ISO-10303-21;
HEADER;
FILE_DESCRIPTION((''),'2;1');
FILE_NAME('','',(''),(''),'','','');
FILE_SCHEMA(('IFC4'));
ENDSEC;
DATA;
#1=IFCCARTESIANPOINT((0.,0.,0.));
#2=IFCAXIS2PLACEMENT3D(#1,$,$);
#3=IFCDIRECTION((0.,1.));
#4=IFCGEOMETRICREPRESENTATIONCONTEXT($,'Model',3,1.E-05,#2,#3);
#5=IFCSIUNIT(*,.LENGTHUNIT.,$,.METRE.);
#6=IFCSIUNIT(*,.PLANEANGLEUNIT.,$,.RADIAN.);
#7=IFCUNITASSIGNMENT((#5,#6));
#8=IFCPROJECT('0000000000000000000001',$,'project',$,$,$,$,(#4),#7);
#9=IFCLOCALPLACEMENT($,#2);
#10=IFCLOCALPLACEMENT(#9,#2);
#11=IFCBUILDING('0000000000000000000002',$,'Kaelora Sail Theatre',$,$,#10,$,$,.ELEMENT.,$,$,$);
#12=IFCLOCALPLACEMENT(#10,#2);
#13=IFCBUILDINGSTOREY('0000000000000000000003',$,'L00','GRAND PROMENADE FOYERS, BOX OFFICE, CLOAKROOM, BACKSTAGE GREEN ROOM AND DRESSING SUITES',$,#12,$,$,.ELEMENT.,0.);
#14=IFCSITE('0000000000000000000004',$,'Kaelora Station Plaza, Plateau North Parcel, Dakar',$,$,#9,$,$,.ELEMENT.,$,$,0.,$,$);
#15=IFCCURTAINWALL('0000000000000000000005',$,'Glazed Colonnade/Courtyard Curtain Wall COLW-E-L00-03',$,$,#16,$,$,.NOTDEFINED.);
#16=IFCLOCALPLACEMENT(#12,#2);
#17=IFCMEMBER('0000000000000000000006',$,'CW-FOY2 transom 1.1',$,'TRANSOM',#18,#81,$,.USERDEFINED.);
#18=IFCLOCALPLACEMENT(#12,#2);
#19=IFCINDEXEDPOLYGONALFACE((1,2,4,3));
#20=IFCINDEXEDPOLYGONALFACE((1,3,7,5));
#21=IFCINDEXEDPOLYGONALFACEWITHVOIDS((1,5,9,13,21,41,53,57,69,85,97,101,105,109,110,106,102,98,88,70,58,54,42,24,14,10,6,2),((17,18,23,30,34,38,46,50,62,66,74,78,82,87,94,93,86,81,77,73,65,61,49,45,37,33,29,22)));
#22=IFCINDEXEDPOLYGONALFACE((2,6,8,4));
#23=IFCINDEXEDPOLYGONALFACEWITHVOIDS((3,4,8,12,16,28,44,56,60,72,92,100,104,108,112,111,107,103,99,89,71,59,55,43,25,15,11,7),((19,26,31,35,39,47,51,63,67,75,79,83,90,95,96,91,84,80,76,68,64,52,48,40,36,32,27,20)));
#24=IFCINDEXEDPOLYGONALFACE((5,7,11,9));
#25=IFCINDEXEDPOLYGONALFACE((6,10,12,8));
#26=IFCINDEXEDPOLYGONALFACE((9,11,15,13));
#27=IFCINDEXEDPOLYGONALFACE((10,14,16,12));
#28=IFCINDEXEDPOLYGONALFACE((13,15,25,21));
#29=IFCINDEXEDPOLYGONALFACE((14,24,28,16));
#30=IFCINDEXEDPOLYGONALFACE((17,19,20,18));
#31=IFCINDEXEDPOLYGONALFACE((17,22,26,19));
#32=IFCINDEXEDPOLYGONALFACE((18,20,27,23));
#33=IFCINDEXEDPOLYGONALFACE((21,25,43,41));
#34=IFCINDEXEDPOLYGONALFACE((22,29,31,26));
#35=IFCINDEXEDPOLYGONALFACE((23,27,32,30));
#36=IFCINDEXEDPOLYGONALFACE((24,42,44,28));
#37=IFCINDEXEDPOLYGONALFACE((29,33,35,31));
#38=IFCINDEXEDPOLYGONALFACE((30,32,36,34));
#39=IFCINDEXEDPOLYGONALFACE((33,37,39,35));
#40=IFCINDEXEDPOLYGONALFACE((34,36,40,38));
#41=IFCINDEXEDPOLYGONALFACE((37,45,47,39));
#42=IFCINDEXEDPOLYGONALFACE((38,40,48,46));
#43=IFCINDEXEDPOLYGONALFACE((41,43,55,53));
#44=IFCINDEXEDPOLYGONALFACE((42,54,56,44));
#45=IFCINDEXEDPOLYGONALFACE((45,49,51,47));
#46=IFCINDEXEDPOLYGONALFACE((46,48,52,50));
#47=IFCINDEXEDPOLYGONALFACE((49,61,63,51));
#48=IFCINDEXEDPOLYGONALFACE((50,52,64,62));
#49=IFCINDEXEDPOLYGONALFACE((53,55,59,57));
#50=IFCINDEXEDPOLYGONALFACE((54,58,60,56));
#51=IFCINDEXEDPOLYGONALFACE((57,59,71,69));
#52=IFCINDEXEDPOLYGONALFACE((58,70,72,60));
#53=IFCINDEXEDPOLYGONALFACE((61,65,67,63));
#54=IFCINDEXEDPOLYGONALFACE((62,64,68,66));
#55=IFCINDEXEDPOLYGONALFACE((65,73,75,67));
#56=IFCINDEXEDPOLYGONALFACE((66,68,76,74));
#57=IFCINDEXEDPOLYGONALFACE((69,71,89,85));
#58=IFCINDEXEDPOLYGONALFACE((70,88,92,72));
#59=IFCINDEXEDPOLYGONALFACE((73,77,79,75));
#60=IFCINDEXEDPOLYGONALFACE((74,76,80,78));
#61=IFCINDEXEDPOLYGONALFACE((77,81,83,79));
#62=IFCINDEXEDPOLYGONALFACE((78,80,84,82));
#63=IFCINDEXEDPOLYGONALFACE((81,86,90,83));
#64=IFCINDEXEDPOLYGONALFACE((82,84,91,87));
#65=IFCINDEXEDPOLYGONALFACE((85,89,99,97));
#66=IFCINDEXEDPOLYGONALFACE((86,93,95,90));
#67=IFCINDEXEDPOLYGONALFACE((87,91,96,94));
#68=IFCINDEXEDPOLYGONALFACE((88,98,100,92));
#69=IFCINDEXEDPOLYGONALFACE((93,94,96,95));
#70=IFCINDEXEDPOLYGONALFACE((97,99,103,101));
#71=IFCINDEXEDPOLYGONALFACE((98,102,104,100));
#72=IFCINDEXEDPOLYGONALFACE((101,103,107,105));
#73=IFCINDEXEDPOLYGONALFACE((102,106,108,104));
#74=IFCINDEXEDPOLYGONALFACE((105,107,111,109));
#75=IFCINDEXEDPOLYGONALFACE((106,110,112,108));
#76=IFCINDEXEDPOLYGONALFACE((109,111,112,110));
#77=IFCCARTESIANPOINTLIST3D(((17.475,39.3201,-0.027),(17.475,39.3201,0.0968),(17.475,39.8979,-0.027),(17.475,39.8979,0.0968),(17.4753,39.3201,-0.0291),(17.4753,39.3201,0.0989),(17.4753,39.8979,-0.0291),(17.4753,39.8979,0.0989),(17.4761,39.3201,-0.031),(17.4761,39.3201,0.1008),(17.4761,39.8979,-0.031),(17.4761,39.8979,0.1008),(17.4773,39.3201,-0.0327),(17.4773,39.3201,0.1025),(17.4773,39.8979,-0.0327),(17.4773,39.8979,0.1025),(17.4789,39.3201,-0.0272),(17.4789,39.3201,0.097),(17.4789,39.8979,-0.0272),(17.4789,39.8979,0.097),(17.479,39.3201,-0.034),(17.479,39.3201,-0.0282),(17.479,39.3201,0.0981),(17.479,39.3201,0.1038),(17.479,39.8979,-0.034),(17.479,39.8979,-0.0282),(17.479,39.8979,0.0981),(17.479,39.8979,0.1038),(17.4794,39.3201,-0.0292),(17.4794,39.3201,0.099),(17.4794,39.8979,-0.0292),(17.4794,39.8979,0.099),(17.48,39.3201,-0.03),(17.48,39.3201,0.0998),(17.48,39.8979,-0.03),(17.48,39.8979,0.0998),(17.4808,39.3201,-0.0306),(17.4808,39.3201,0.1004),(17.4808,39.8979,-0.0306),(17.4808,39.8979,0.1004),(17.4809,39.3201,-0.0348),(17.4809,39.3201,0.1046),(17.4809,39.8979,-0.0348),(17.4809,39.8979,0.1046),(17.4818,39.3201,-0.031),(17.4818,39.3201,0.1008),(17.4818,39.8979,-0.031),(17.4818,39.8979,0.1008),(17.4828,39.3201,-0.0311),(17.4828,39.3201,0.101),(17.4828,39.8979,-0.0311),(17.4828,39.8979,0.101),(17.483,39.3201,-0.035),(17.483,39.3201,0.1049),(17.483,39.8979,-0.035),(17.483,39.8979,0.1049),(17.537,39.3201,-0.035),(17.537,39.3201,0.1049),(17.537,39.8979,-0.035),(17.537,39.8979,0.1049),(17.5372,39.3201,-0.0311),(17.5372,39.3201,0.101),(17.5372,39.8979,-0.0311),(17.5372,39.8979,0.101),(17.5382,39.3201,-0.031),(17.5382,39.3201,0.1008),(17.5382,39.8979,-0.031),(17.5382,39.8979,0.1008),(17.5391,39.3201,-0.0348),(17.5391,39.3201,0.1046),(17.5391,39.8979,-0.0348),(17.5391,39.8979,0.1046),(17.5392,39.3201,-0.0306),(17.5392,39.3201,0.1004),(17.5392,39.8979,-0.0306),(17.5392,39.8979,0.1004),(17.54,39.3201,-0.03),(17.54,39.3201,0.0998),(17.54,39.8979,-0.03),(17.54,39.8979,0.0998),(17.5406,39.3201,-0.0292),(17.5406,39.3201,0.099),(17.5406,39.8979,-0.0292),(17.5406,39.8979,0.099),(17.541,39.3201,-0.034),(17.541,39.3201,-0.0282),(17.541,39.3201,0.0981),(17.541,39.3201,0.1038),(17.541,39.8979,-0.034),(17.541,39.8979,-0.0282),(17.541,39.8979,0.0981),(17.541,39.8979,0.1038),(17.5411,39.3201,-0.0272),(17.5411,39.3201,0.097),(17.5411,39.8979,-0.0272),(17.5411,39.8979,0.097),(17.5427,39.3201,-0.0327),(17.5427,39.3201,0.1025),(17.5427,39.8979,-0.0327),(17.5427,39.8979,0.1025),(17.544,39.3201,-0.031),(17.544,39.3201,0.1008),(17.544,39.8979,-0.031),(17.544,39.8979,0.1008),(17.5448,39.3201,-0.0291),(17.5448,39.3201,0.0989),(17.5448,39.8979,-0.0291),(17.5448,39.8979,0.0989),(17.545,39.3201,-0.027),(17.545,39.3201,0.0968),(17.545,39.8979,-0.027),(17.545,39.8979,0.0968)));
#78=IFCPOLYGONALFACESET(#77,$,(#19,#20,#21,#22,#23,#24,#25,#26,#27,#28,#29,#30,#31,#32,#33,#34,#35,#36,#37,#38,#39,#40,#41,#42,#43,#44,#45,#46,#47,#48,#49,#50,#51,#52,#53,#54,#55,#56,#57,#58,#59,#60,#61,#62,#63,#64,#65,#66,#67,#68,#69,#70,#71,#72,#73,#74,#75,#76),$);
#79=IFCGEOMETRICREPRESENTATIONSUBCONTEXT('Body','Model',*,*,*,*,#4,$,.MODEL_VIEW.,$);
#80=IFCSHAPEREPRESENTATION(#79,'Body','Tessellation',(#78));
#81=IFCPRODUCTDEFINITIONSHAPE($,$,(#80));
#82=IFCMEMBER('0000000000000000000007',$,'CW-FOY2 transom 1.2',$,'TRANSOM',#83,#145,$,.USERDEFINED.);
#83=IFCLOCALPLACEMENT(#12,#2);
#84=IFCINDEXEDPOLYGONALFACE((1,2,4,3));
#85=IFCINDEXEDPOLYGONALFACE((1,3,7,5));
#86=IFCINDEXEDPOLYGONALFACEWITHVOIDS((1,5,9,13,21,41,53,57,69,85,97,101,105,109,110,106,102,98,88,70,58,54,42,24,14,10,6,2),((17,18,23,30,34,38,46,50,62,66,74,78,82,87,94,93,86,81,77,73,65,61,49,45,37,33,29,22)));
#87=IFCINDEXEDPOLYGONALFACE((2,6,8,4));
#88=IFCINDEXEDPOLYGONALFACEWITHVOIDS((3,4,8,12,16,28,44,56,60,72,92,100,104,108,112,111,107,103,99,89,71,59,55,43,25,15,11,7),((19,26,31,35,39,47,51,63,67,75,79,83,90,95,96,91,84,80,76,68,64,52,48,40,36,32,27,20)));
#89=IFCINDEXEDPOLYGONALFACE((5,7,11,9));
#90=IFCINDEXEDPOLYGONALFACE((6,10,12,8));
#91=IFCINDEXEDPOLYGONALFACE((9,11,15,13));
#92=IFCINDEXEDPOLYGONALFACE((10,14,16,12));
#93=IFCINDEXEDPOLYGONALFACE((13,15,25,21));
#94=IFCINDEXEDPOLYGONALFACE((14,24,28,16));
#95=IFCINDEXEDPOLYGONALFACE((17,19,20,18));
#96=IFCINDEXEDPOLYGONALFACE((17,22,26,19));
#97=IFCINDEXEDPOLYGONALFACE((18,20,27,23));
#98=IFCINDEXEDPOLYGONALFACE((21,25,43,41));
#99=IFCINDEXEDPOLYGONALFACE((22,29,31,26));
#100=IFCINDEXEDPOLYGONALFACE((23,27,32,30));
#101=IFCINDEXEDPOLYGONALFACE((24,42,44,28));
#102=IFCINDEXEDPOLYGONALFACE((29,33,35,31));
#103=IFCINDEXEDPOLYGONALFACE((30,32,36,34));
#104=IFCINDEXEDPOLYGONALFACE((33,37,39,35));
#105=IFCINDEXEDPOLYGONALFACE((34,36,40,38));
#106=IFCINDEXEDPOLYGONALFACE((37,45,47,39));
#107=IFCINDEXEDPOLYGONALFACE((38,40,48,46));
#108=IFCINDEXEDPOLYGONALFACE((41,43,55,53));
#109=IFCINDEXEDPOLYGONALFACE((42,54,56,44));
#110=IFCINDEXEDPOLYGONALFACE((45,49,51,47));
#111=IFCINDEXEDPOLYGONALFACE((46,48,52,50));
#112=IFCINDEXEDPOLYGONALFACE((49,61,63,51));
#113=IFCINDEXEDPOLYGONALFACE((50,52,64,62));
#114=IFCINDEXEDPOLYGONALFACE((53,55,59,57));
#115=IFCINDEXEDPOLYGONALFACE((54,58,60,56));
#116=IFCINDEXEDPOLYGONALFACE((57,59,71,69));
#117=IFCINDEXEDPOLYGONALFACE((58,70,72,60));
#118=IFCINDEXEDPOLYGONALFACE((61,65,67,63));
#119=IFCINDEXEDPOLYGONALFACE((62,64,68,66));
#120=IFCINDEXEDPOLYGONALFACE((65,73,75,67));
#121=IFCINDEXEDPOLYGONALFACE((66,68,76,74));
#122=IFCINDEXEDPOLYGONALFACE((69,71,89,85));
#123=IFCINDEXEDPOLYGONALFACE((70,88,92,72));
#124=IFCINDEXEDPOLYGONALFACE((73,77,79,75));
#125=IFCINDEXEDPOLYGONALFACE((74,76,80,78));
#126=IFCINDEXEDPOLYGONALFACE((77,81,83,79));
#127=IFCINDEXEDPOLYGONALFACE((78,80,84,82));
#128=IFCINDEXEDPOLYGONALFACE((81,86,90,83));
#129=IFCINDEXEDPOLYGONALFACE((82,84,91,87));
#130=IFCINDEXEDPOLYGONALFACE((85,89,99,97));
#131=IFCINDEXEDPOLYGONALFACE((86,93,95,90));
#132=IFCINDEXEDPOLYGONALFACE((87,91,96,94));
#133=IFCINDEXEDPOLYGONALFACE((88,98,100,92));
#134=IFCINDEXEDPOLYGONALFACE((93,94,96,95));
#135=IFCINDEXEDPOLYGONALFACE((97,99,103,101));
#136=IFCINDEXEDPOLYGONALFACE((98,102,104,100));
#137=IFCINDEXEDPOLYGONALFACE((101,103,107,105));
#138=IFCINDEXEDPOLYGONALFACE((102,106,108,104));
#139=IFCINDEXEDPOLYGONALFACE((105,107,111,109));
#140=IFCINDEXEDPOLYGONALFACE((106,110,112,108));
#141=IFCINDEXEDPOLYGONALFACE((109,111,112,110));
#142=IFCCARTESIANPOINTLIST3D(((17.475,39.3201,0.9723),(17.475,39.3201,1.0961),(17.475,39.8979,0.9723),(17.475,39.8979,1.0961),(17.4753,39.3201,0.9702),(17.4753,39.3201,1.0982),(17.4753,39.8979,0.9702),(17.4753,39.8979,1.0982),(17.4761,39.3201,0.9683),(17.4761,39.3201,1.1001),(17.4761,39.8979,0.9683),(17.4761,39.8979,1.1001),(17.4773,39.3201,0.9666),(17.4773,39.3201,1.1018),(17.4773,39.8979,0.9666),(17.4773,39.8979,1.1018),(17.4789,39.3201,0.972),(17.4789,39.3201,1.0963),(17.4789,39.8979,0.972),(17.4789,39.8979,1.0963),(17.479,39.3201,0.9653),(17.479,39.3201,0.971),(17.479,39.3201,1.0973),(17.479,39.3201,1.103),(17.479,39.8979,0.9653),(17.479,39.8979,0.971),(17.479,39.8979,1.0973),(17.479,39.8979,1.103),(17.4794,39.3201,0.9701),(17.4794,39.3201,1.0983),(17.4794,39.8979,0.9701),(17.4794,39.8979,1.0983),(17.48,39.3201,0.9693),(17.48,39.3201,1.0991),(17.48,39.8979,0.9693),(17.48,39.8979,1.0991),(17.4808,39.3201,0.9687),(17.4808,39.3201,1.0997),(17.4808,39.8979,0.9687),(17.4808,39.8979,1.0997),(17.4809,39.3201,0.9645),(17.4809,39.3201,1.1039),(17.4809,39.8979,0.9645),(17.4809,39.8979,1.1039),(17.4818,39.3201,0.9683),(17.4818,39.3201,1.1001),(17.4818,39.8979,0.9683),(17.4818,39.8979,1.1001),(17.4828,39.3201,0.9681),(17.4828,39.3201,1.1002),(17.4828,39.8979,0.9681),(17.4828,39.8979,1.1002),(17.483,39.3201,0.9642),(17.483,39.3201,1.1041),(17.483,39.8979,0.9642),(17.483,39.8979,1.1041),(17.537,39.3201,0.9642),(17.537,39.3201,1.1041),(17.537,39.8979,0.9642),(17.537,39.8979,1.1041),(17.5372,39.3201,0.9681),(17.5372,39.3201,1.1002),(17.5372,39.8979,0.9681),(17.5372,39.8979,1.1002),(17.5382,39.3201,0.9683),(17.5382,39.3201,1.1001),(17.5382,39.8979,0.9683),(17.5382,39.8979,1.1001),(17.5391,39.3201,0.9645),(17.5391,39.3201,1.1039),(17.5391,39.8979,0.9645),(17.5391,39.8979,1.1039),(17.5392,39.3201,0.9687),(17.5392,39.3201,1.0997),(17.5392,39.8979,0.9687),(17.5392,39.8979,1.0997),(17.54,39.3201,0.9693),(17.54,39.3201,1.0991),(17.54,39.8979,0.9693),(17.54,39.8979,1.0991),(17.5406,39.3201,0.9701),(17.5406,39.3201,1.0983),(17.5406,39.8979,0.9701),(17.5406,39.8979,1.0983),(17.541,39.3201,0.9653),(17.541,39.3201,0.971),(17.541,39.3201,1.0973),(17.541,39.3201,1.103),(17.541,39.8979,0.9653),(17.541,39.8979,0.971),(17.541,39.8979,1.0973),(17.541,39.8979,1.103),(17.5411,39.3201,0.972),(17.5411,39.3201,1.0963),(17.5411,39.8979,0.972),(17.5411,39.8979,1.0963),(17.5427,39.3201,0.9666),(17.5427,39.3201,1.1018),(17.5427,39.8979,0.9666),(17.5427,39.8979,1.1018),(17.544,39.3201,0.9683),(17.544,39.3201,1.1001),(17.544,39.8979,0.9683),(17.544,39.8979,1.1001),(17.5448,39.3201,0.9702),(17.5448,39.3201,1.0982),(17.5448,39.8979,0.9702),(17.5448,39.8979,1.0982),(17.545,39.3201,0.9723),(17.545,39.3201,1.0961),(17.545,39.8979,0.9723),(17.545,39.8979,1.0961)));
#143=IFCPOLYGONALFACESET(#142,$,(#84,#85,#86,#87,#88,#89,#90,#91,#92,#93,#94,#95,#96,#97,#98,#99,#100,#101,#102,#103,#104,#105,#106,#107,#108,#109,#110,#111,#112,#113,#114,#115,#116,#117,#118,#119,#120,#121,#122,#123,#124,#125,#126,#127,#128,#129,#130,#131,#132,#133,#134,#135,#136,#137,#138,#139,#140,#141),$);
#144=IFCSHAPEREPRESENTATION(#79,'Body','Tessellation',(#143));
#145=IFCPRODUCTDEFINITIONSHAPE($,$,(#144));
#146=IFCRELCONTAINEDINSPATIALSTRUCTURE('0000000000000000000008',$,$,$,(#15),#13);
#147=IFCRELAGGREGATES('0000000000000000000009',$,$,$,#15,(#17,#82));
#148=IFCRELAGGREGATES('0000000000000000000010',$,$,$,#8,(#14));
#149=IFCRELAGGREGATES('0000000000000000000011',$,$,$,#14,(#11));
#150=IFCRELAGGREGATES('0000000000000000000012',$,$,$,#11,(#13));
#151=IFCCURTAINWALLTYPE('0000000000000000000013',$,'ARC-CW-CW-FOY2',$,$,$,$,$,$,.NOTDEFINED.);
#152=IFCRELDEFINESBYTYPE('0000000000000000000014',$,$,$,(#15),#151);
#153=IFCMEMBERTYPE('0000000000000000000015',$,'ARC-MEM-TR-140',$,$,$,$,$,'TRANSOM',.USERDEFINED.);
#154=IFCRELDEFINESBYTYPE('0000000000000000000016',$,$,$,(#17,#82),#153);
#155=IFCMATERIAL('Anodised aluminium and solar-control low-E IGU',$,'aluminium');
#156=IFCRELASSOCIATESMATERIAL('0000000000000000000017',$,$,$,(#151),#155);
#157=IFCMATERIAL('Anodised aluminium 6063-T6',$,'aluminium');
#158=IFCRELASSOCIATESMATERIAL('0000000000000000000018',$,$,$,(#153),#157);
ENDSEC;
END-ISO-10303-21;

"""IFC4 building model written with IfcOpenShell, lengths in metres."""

from ifc_helpers import new_model, si_unit, direction, frame, origin, origin_2d, place, context, subcontext, project, spatial, hollow_rectangle, extrude, material, material_profile, profile_set, type_object, element, aggregate, save


model = new_model("IFC4")

# Units and contexts
model_context = context("Model", 3, precision=1e-05, world=origin(), true_north=direction((0.0, 1.0)))
body_context = subcontext(model_context, "Body", "Model", "MODEL_VIEW")
ifc_project = project(units=[si_unit("LENGTHUNIT", "METRE"), si_unit("PLANEANGLEUNIT", "RADIAN")], contexts=[model_context])

# Site, building, storey
site_placement = place(None, origin())
site = spatial("IfcSite", under=ifc_project, at=site_placement, Name="Kaelora Station Plaza, Plateau North Parcel, Dakar", CompositionType="ELEMENT", RefElevation=0.0)
building_placement = place(site_placement, origin())
building = spatial("IfcBuilding", under=site, at=building_placement, Name="Kaelora Sail Theatre", CompositionType="ELEMENT")
storey_placement = place(building_placement, origin())
storey = spatial("IfcBuildingStorey", under=building, at=storey_placement, Name="L00", Description="GRAND PROMENADE FOYERS, BOX OFFICE, CLOAKROOM, BACKSTAGE GREEN ROOM AND DRESSING SUITES", CompositionType="ELEMENT", Elevation=0.0)

# Curtain wall, members
ifc_material_1 = material(Name="Anodised aluminium and solar-control low-E IGU", Category="aluminium")
curtain_wall_type = type_object("IfcCurtainWallType", Name="ARC-CW-CW-FOY2", PredefinedType="NOTDEFINED", material=ifc_material_1)
curtain_wall_placement = place(storey_placement, origin())
curtain_wall = element("IfcCurtainWall", 1, at=curtain_wall_placement, inside=storey, type_object=curtain_wall_type, Name="Glazed Colonnade/Courtyard Curtain Wall COLW-E-L00-03", PredefinedType="NOTDEFINED")
ifc_material_2 = material(Name="Anodised aluminium 6063-T6", Category="aluminium")
ifc_material_profile_1 = material_profile(ifc_material_2, hollow_rectangle(XDim=0.0701, YDim=0.1399, WallThickness=0.0039, InnerFilletRadius=0.0039, OuterFilletRadius=0.0081, at=origin_2d()), Name="ALU-TRAN 70x140x4")
ifc_profile_set_1 = profile_set([ifc_material_profile_1], Name="Anodised aluminium 6063-T6")
member_type_1 = type_object("IfcMemberType", Name="ARC-MEM-TR-140", ElementType="TRANSOM", PredefinedType="USERDEFINED", material=ifc_profile_set_1)
member_1_placement = place(storey_placement, frame((17.51, 39.3201, 0.0349), z_axis=(0.0, 1.0, 0.0), x_axis=(-1.0, 0.0, 0.0)))
member_1 = element("IfcMember", 2, at=member_1_placement, type_object=member_type_1, Name="CW-FOY2 transom 1.1", ObjectType="TRANSOM", PredefinedType="USERDEFINED", context=body_context, shape_type="SweptSolid", body=[
    extrude(hollow_rectangle(XDim=0.0701, YDim=0.1399, WallThickness=0.0039, InnerFilletRadius=0.0039, OuterFilletRadius=0.0081, at=origin_2d()), origin(), (0.0, 0.0, 1.0), 0.5779),
])
member_2_placement = place(storey_placement, frame((17.51, 39.3201, 1.0342), z_axis=(0.0, 1.0, 0.0), x_axis=(-1.0, 0.0, 0.0)))
member_2 = element("IfcMember", 3, at=member_2_placement, type_object=member_type_1, Name="CW-FOY2 transom 1.2", ObjectType="TRANSOM", PredefinedType="USERDEFINED", context=body_context, shape_type="SweptSolid", body=[
    extrude(hollow_rectangle(XDim=0.0701, YDim=0.1399, WallThickness=0.0039, InnerFilletRadius=0.0039, OuterFilletRadius=0.0081, at=origin_2d()), origin(), (0.0, 0.0, 1.0), 0.5779),
])
aggregate(curtain_wall, [member_1, member_2])

save(model, "model.ifc")
